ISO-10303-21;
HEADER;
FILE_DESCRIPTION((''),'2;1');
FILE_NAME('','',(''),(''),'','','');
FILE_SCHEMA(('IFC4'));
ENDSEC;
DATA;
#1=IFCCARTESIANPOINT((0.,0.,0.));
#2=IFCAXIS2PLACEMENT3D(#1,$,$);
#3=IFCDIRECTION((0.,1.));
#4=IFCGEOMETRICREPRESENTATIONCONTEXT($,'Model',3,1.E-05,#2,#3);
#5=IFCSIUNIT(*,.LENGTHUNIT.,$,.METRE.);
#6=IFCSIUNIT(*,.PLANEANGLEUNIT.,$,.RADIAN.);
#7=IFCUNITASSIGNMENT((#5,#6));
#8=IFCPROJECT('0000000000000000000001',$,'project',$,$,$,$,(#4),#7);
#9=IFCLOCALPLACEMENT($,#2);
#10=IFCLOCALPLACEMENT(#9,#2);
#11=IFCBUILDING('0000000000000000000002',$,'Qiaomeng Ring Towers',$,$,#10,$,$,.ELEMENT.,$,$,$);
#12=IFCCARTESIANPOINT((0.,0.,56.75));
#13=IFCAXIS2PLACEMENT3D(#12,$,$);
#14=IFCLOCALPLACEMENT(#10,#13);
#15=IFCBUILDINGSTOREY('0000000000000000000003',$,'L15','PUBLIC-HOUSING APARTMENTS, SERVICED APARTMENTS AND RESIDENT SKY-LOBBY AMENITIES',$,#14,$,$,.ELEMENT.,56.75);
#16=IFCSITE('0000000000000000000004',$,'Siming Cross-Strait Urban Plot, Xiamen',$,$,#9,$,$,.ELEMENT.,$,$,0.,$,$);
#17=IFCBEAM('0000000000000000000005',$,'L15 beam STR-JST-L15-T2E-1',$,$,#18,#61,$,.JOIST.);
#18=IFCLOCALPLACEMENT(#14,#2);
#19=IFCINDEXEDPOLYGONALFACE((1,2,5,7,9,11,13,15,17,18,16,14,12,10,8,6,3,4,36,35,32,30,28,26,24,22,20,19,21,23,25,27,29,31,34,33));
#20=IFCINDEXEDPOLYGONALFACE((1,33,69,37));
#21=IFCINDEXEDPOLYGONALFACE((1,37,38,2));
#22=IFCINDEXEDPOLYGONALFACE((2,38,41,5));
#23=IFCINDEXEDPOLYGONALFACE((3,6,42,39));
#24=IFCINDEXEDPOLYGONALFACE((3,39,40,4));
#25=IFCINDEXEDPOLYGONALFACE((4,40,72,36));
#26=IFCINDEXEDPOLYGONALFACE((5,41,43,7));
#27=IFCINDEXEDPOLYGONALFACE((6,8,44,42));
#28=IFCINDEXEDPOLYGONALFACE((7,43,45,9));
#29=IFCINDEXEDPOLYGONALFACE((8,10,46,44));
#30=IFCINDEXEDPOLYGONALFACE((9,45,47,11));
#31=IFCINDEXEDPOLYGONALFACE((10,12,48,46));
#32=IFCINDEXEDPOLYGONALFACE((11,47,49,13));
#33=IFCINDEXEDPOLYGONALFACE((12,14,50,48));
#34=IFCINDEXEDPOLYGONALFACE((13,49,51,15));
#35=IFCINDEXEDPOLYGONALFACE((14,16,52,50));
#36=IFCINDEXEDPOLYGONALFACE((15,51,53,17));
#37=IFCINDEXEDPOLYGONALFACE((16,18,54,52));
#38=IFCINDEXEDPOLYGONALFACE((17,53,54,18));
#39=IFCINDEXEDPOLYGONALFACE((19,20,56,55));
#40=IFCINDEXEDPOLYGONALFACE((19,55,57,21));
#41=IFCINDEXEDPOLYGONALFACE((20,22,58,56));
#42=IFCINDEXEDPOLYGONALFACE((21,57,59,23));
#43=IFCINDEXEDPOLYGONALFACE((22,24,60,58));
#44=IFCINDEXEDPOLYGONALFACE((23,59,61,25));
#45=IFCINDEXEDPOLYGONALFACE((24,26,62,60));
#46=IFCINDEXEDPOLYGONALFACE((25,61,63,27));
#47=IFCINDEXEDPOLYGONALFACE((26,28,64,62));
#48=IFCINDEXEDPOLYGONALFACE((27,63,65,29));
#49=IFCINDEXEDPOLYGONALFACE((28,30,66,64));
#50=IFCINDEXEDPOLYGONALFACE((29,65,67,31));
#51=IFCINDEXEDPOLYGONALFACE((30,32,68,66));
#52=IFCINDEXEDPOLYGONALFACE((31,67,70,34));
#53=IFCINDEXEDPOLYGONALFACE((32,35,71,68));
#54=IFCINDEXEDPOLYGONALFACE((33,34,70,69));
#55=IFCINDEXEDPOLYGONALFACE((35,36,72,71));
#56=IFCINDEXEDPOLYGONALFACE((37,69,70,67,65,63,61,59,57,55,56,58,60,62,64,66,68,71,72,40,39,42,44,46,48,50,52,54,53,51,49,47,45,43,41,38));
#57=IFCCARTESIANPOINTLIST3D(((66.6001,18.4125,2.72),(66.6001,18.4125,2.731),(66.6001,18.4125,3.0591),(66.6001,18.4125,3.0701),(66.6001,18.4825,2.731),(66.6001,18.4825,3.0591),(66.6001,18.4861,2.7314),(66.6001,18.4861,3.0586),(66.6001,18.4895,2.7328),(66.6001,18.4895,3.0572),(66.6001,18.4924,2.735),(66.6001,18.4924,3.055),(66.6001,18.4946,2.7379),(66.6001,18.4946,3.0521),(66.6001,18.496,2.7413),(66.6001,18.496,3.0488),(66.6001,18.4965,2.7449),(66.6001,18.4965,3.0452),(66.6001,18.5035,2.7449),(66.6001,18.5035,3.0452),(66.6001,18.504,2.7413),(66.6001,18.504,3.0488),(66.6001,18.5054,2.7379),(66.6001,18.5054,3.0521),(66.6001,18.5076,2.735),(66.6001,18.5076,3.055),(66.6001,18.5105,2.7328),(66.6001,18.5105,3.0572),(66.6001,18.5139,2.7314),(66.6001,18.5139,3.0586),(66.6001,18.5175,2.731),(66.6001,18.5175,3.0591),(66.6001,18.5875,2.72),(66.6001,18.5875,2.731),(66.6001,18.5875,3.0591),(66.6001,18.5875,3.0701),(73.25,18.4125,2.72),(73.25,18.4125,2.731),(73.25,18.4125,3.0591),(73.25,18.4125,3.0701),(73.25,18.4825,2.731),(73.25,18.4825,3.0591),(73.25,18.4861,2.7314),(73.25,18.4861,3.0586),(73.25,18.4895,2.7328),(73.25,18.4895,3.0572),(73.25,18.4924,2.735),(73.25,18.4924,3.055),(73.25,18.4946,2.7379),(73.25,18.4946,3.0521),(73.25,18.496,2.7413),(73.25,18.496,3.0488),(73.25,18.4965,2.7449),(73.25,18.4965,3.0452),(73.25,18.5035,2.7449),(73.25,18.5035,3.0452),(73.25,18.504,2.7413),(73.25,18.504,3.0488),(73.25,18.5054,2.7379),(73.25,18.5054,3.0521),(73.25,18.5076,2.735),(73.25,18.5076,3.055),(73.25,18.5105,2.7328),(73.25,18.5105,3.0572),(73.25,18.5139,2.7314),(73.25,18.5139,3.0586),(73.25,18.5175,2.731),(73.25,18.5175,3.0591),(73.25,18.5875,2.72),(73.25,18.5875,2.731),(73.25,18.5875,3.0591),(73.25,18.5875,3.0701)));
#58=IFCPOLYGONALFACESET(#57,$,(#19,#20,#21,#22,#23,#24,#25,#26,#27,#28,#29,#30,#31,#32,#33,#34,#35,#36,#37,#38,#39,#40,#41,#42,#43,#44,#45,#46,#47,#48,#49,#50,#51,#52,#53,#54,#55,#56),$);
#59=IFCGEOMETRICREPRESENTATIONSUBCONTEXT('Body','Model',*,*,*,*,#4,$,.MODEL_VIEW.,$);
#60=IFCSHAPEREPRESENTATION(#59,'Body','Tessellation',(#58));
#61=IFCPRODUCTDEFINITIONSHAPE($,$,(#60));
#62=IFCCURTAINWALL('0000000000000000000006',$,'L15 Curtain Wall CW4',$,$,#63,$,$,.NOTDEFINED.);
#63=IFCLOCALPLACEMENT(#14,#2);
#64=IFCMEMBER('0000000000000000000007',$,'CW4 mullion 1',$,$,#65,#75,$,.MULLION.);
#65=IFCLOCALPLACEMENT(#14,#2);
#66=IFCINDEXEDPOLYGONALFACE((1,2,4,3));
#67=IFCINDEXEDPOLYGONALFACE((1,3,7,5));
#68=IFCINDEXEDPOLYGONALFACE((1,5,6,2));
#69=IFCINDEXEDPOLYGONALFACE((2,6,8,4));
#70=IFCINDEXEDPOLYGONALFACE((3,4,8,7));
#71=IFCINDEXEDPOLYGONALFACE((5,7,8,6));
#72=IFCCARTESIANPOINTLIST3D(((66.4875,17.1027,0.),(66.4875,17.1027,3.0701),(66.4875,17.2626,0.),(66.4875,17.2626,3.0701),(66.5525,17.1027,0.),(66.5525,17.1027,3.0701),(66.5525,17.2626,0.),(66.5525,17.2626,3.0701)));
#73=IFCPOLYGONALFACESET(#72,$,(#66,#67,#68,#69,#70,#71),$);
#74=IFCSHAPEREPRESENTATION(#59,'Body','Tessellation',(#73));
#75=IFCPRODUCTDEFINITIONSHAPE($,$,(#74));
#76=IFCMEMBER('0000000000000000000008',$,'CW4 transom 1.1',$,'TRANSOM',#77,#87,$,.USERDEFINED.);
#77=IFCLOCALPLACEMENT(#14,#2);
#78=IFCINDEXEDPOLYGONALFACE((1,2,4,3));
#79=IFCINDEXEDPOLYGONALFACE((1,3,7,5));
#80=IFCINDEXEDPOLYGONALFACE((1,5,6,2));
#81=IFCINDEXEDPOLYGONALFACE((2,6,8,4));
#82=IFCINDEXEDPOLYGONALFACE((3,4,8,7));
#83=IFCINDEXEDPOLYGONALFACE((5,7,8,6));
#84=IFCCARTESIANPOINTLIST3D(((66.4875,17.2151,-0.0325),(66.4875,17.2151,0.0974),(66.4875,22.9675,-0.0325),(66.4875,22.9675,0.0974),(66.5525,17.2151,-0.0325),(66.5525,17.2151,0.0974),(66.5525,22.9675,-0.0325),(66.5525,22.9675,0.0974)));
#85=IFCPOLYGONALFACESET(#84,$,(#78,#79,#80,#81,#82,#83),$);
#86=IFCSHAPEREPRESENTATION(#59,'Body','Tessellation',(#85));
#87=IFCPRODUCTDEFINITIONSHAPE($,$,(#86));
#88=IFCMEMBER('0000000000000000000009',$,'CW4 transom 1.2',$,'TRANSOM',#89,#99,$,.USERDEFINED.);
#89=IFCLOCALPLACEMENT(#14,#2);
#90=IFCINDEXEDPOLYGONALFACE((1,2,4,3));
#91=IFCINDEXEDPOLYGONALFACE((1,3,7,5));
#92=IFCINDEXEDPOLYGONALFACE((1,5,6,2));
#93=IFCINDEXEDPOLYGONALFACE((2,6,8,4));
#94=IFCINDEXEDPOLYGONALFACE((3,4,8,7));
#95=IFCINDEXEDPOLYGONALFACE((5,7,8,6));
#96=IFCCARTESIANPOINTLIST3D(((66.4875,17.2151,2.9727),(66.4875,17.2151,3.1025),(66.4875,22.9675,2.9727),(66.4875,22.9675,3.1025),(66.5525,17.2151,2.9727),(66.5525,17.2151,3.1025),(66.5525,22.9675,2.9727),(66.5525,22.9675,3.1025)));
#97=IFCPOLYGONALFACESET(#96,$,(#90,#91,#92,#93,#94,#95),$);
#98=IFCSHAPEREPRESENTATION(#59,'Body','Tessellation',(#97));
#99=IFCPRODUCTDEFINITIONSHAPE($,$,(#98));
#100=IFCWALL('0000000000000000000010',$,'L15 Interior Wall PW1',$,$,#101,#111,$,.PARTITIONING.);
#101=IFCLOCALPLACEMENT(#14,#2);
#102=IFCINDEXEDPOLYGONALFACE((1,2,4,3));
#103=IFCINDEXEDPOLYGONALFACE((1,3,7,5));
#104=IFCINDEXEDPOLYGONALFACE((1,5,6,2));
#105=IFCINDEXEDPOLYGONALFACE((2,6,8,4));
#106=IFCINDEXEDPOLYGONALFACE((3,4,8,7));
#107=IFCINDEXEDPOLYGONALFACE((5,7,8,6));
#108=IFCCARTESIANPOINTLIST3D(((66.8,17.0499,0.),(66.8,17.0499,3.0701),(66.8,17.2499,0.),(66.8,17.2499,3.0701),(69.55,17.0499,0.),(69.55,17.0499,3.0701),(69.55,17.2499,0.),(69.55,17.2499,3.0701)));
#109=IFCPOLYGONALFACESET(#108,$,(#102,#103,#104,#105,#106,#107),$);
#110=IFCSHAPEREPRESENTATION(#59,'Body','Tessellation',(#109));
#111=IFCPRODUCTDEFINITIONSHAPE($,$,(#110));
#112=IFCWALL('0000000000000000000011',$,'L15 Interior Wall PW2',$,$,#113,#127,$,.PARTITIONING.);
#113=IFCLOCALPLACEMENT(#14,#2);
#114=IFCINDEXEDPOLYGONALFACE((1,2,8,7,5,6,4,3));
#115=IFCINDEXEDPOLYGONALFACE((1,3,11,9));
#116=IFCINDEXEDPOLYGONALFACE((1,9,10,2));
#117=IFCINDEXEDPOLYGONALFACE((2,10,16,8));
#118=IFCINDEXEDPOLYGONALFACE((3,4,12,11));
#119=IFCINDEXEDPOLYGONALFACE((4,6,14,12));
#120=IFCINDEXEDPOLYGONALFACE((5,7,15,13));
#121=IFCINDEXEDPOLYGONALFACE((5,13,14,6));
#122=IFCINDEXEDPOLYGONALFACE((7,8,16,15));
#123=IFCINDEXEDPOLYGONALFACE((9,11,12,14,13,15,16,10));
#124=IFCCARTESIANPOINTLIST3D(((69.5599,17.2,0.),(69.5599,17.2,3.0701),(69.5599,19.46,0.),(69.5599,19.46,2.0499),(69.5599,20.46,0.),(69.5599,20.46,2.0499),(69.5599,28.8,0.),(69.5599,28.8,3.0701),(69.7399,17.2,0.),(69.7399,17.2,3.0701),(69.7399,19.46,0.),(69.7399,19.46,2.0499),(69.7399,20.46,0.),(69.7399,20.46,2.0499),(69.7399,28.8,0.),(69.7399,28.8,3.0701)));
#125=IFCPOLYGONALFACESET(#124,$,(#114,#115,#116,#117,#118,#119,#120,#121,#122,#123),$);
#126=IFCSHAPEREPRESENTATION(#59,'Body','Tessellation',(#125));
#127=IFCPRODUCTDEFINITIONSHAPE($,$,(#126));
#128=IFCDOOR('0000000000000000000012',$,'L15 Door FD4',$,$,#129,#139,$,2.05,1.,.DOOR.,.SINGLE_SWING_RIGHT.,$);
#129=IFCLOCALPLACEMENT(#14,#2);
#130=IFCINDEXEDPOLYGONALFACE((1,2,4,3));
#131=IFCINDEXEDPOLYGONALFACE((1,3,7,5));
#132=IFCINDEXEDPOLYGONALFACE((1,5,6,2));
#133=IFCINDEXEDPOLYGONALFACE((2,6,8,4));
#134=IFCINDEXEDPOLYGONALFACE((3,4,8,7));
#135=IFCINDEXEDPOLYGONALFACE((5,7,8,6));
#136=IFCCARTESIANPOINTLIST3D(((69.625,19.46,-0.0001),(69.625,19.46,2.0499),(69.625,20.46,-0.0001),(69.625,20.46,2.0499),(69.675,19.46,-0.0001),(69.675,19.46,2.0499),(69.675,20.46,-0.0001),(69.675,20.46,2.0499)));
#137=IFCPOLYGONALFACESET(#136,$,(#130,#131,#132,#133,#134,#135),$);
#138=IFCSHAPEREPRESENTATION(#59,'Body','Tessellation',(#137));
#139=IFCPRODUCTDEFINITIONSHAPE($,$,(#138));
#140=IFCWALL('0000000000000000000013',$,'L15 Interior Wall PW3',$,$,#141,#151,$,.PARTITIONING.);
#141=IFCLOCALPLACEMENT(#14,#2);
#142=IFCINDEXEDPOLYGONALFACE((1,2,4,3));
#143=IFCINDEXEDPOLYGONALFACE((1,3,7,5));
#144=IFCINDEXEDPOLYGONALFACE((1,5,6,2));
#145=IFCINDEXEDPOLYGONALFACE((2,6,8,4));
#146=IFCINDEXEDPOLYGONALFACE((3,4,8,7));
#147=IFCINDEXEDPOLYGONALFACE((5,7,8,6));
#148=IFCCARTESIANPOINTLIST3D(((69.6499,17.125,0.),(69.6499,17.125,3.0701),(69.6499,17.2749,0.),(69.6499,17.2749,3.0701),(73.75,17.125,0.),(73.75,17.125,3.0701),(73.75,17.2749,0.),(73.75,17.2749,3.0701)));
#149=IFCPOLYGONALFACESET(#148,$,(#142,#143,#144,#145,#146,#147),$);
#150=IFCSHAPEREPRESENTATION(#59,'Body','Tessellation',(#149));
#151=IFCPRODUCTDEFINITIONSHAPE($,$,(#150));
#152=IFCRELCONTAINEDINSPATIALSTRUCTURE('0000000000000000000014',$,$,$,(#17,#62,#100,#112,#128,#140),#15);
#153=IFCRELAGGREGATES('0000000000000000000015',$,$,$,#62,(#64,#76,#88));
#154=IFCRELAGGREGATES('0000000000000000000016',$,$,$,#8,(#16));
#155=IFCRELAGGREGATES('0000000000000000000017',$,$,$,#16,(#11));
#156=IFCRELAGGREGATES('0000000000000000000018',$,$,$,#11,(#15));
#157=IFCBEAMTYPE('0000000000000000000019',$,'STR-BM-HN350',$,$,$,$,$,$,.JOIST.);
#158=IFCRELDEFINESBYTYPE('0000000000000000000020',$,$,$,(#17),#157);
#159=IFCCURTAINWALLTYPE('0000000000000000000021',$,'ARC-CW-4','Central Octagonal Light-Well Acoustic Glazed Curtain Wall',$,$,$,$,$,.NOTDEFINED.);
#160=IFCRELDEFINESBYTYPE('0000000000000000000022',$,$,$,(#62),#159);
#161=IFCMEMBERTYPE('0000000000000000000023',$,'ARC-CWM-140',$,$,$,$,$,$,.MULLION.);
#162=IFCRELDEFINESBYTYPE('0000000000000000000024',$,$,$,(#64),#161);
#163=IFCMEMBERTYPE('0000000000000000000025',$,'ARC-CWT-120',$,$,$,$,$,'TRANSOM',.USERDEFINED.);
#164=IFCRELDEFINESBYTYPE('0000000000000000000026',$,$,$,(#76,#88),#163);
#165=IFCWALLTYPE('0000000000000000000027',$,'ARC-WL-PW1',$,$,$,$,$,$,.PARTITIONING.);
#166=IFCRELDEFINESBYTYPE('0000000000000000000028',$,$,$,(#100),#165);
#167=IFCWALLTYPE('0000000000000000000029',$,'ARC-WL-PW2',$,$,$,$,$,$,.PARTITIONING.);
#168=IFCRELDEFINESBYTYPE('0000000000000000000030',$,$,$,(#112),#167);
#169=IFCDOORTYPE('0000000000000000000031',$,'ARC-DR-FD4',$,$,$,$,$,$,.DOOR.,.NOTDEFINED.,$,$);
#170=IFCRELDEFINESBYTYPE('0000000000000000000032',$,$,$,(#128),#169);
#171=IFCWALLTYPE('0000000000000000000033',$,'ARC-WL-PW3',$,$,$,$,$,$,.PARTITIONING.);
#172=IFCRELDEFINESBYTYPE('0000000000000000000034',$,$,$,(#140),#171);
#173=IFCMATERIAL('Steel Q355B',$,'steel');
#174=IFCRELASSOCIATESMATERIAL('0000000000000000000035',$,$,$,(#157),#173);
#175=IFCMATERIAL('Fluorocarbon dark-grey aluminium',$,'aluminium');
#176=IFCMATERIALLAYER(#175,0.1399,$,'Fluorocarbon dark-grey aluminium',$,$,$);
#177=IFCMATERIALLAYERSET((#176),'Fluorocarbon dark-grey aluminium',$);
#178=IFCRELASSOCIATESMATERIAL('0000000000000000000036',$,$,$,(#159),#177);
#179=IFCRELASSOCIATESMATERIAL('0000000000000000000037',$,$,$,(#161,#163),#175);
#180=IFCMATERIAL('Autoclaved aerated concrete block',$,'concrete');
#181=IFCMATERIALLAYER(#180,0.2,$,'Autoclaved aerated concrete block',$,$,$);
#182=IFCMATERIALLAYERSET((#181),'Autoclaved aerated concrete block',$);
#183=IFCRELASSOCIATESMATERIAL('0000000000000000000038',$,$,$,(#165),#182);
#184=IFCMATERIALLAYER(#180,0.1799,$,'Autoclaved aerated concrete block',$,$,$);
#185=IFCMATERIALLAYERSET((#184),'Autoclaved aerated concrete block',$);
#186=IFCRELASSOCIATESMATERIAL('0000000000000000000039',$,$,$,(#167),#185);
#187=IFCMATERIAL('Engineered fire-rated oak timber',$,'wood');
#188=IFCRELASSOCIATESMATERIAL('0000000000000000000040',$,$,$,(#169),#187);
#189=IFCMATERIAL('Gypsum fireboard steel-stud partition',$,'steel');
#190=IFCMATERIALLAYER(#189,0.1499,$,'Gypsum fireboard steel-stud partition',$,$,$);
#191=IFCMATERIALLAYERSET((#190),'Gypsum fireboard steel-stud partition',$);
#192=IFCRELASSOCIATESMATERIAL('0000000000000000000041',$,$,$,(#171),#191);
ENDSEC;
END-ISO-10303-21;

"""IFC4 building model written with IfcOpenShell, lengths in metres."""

from ifc_helpers import new_model, si_unit, direction, frame, frame_2d, origin, origin_2d, place, context, subcontext, project, spatial, rectangle, i_section, extrude, source, transform, mapped, material, layer, layer_set, material_profile, profile_set, type_object, element, fill, aggregate, save


model = new_model("IFC4")

# Units and contexts
model_context = context("Model", 3, precision=1e-05, world=origin(), true_north=direction((0.0, 1.0)))
body_context = subcontext(model_context, "Body", "Model", "MODEL_VIEW")
ifc_project = project(units=[si_unit("LENGTHUNIT", "METRE"), si_unit("PLANEANGLEUNIT", "RADIAN")], contexts=[model_context])

# Site, building, storey
site_placement = place(None, origin())
site = spatial("IfcSite", under=ifc_project, at=site_placement, Name="Siming Cross-Strait Urban Plot, Xiamen", CompositionType="ELEMENT", RefElevation=0.0)
building_placement = place(site_placement, origin())
building = spatial("IfcBuilding", under=site, at=building_placement, Name="Qiaomeng Ring Towers", CompositionType="ELEMENT")
storey_placement = place(building_placement, frame((0.0, 0.0, 56.75)))
storey = spatial("IfcBuildingStorey", under=building, at=storey_placement, Name="L15", Description="PUBLIC-HOUSING APARTMENTS, SERVICED APARTMENTS AND RESIDENT SKY-LOBBY AMENITIES", CompositionType="ELEMENT", Elevation=56.75)

# Beam
ifc_material_1 = material(Name="Steel Q355B", Category="steel")
ifc_material_profile_1 = material_profile(ifc_material_1, i_section(OverallWidth=0.175, OverallDepth=0.3501, WebThickness=0.0071, FlangeThickness=0.011, FilletRadius=0.0139, at=origin_2d()), Name="HN 350x175x7x11")
ifc_profile_set_1 = profile_set([ifc_material_profile_1], Name="Steel Q355B")
beam_type_1 = type_object("IfcBeamType", Name="STR-BM-HN350", PredefinedType="JOIST", material=ifc_profile_set_1)
shared_shape_1 = source(origin(), body_context, "Body", "SweptSolid", [
    extrude(i_section(OverallWidth=0.175, OverallDepth=0.3501, WebThickness=0.0071, FlangeThickness=0.011, FilletRadius=0.0139, at=origin_2d()), origin(), (0.0, 0.0, 1.0), 6.6499),
])
beam_1_placement = place(storey_placement, frame((66.6001, 18.5, 2.895), z_axis=(1.0, 0.0, 0.0), x_axis=(0.0, 1.0, 0.0)))
element("IfcBeam", 1, at=beam_1_placement, inside=storey, type_object=beam_type_1, Name="L15 beam STR-JST-L15-T2E-1", PredefinedType="JOIST", context=body_context, shape_type="MappedRepresentation", body=[
    mapped(shared_shape_1, transform((0.0, 0.0, 0.0), x_axis=(1.0, 0.0, 0.0), y_axis=(0.0, 1.0, 0.0), z_axis=(0.0, 0.0, 1.0), scale=1.0)),
])

# Curtain wall, members
ifc_material_2 = material(Name="Fluorocarbon dark-grey aluminium", Category="aluminium")
ifc_layer_1 = layer(ifc_material_2, 0.1399, Name="Fluorocarbon dark-grey aluminium")
ifc_layer_set_1 = layer_set([ifc_layer_1], Name="Fluorocarbon dark-grey aluminium")
curtain_wall_type = type_object("IfcCurtainWallType", Name="ARC-CW-4", Description="Central Octagonal Light-Well Acoustic Glazed Curtain Wall", PredefinedType="NOTDEFINED", material=ifc_layer_set_1)
curtain_wall_placement = place(storey_placement, origin())
curtain_wall = element("IfcCurtainWall", 2, at=curtain_wall_placement, inside=storey, type_object=curtain_wall_type, Name="L15 Curtain Wall CW4", PredefinedType="NOTDEFINED")
ifc_material_profile_2 = material_profile(ifc_material_2, rectangle(XDim=0.0649, YDim=0.1599, at=origin_2d()), Name="ALU MULL 65x160")
ifc_profile_set_2 = profile_set([ifc_material_profile_2], Name="Fluorocarbon dark-grey aluminium")
member_type_1 = type_object("IfcMemberType", Name="ARC-CWM-140", PredefinedType="MULLION", material=ifc_profile_set_2)
shared_shape_2 = source(origin(), body_context, "Body", "SweptSolid", [
    extrude(rectangle(XDim=0.0649, YDim=0.1599, at=origin_2d()), origin(), (0.0, 0.0, 1.0), 3.0701),
])
member_1_placement = place(storey_placement, frame((66.52, 17.1826, 0.0), z_axis=(0.0, 0.0, 1.0), x_axis=(-1.0, 0.0, 0.0)))
member_1 = element("IfcMember", 3, at=member_1_placement, type_object=member_type_1, Name="CW4 mullion 1", PredefinedType="MULLION", context=body_context, shape_type="MappedRepresentation", body=[
    mapped(shared_shape_2, transform((0.0, 0.0, 0.0), x_axis=(1.0, 0.0, 0.0), y_axis=(0.0, 1.0, 0.0), z_axis=(0.0, 0.0, 1.0), scale=1.0)),
])
ifc_material_profile_3 = material_profile(ifc_material_2, rectangle(XDim=0.0649, YDim=0.1299, at=origin_2d()), Name="ALU TRAN 65x130")
ifc_profile_set_3 = profile_set([ifc_material_profile_3], Name="Fluorocarbon dark-grey aluminium")
member_type_2 = type_object("IfcMemberType", Name="ARC-CWT-120", ElementType="TRANSOM", PredefinedType="USERDEFINED", material=ifc_profile_set_3)
shared_shape_3 = source(origin(), body_context, "Body", "SweptSolid", [
    extrude(rectangle(XDim=0.0649, YDim=0.1299, at=origin_2d()), origin(), (0.0, 0.0, 1.0), 5.7524),
])
member_2_placement = place(storey_placement, frame((66.52, 17.2151, 0.0325), z_axis=(0.0, 1.0, 0.0), x_axis=(-1.0, 0.0, 0.0)))
member_2 = element("IfcMember", 4, at=member_2_placement, type_object=member_type_2, Name="CW4 transom 1.1", ObjectType="TRANSOM", PredefinedType="USERDEFINED", context=body_context, shape_type="MappedRepresentation", body=[
    mapped(shared_shape_3, transform((0.0, 0.0, 0.0), x_axis=(1.0, 0.0, 0.0), y_axis=(0.0, 1.0, 0.0), z_axis=(0.0, 0.0, 1.0), scale=1.0)),
])
member_3_placement = place(storey_placement, frame((66.52, 17.2151, 3.0376), z_axis=(0.0, 1.0, 0.0), x_axis=(-1.0, 0.0, 0.0)))
member_3 = element("IfcMember", 5, at=member_3_placement, type_object=member_type_2, Name="CW4 transom 1.2", ObjectType="TRANSOM", PredefinedType="USERDEFINED", context=body_context, shape_type="MappedRepresentation", body=[
    mapped(shared_shape_3, transform((0.0, 0.0, 0.0), x_axis=(1.0, 0.0, 0.0), y_axis=(0.0, 1.0, 0.0), z_axis=(0.0, 0.0, 1.0), scale=1.0)),
])
aggregate(curtain_wall, [member_1, member_2, member_3])

# Wall
ifc_material_3 = material(Name="Autoclaved aerated concrete block", Category="concrete")
ifc_layer_2 = layer(ifc_material_3, 0.2, Name="Autoclaved aerated concrete block")
ifc_layer_set_2 = layer_set([ifc_layer_2], Name="Autoclaved aerated concrete block")
wall_type_1 = type_object("IfcWallType", Name="ARC-WL-PW1", PredefinedType="PARTITIONING", material=ifc_layer_set_2)
wall_1_placement = place(storey_placement, frame((66.8, 17.1499, 0.0), z_axis=(0.0, 0.0, 1.0), x_axis=(1.0, 0.0, 0.0)))
element("IfcWall", 6, at=wall_1_placement, inside=storey, type_object=wall_type_1, Name="L15 Interior Wall PW1", PredefinedType="PARTITIONING", context=body_context, shape_type="SweptSolid", body=[
    extrude(rectangle(XDim=2.75, YDim=0.2, at=frame_2d((1.375, 0.0))), origin(), (0.0, 0.0, 1.0), 3.0701),
])

# Wall, opening, door
ifc_layer_3 = layer(ifc_material_3, 0.1799, Name="Autoclaved aerated concrete block")
ifc_layer_set_3 = layer_set([ifc_layer_3], Name="Autoclaved aerated concrete block")
wall_type_2 = type_object("IfcWallType", Name="ARC-WL-PW2", PredefinedType="PARTITIONING", material=ifc_layer_set_3)
wall_2_placement = place(storey_placement, frame((69.6499, 17.2, 0.0), z_axis=(0.0, 0.0, 1.0), x_axis=(0.0, 1.0, 0.0)))
wall_2 = element("IfcWall", 7, at=wall_2_placement, inside=storey, type_object=wall_type_2, Name="L15 Interior Wall PW2", PredefinedType="PARTITIONING", context=body_context, shape_type="SweptSolid", body=[
    extrude(rectangle(XDim=11.6001, YDim=0.1799, at=frame_2d((5.8, 0.0))), origin(), (0.0, 0.0, 1.0), 3.0701),
])
opening_1_placement = place(wall_2_placement, frame((2.26, 0.0, 0.0)))
opening_1 = element("IfcOpeningElement", 8, at=opening_1_placement, cuts=wall_2, PredefinedType="OPENING", context=body_context, shape_type="SweptSolid", body=[
    extrude(rectangle(XDim=1.0, YDim=2.05, at=frame_2d((0.5, 1.0249))), frame((0.0, 0.0999, 0.0), z_axis=(0.0, -1.0, 0.0), x_axis=(1.0, 0.0, 0.0)), (0.0, 0.0, 1.0), 0.2),
])
ifc_material_4 = material(Name="Engineered fire-rated oak timber", Category="wood")
door_type_1 = type_object("IfcDoorType", Name="ARC-DR-FD4", OperationType="NOTDEFINED", PredefinedType="DOOR", material=ifc_material_4)
shared_shape_4 = source(origin(), body_context, "Body", "SweptSolid", [
    extrude(rectangle(XDim=1.0, YDim=2.05, at=frame_2d((0.5, 1.0249))), frame((0.0, 0.0249, 0.0), z_axis=(0.0, -1.0, 0.0), x_axis=(1.0, 0.0, 0.0)), (0.0, 0.0, 1.0), 0.05),
])
door_1_placement = place(opening_1_placement, origin())
door_1 = element("IfcDoor", 9, at=door_1_placement, inside=storey, type_object=door_type_1, Name="L15 Door FD4", OperationType="SINGLE_SWING_RIGHT", OverallHeight=2.05, OverallWidth=1.0, PredefinedType="DOOR", context=body_context, shape_type="MappedRepresentation", body=[
    mapped(shared_shape_4, transform((0.0, 0.0, 0.0), x_axis=(1.0, 0.0, 0.0), y_axis=(0.0, 1.0, 0.0), z_axis=(0.0, 0.0, 1.0), scale=1.0)),
])
fill(opening_1, door_1)

# Wall
ifc_material_5 = material(Name="Gypsum fireboard steel-stud partition", Category="steel")
ifc_layer_4 = layer(ifc_material_5, 0.1499, Name="Gypsum fireboard steel-stud partition")
ifc_layer_set_4 = layer_set([ifc_layer_4], Name="Gypsum fireboard steel-stud partition")
wall_type_3 = type_object("IfcWallType", Name="ARC-WL-PW3", PredefinedType="PARTITIONING", material=ifc_layer_set_4)
wall_3_placement = place(storey_placement, frame((69.6499, 17.2, 0.0), z_axis=(0.0, 0.0, 1.0), x_axis=(1.0, 0.0, 0.0)))
element("IfcWall", 10, at=wall_3_placement, inside=storey, type_object=wall_type_3, Name="L15 Interior Wall PW3", PredefinedType="PARTITIONING", context=body_context, shape_type="SweptSolid", body=[
    extrude(rectangle(XDim=4.1001, YDim=0.1499, at=frame_2d((2.05, 0.0))), origin(), (0.0, 0.0, 1.0), 3.0701),
])

save(model, "model.ifc")
